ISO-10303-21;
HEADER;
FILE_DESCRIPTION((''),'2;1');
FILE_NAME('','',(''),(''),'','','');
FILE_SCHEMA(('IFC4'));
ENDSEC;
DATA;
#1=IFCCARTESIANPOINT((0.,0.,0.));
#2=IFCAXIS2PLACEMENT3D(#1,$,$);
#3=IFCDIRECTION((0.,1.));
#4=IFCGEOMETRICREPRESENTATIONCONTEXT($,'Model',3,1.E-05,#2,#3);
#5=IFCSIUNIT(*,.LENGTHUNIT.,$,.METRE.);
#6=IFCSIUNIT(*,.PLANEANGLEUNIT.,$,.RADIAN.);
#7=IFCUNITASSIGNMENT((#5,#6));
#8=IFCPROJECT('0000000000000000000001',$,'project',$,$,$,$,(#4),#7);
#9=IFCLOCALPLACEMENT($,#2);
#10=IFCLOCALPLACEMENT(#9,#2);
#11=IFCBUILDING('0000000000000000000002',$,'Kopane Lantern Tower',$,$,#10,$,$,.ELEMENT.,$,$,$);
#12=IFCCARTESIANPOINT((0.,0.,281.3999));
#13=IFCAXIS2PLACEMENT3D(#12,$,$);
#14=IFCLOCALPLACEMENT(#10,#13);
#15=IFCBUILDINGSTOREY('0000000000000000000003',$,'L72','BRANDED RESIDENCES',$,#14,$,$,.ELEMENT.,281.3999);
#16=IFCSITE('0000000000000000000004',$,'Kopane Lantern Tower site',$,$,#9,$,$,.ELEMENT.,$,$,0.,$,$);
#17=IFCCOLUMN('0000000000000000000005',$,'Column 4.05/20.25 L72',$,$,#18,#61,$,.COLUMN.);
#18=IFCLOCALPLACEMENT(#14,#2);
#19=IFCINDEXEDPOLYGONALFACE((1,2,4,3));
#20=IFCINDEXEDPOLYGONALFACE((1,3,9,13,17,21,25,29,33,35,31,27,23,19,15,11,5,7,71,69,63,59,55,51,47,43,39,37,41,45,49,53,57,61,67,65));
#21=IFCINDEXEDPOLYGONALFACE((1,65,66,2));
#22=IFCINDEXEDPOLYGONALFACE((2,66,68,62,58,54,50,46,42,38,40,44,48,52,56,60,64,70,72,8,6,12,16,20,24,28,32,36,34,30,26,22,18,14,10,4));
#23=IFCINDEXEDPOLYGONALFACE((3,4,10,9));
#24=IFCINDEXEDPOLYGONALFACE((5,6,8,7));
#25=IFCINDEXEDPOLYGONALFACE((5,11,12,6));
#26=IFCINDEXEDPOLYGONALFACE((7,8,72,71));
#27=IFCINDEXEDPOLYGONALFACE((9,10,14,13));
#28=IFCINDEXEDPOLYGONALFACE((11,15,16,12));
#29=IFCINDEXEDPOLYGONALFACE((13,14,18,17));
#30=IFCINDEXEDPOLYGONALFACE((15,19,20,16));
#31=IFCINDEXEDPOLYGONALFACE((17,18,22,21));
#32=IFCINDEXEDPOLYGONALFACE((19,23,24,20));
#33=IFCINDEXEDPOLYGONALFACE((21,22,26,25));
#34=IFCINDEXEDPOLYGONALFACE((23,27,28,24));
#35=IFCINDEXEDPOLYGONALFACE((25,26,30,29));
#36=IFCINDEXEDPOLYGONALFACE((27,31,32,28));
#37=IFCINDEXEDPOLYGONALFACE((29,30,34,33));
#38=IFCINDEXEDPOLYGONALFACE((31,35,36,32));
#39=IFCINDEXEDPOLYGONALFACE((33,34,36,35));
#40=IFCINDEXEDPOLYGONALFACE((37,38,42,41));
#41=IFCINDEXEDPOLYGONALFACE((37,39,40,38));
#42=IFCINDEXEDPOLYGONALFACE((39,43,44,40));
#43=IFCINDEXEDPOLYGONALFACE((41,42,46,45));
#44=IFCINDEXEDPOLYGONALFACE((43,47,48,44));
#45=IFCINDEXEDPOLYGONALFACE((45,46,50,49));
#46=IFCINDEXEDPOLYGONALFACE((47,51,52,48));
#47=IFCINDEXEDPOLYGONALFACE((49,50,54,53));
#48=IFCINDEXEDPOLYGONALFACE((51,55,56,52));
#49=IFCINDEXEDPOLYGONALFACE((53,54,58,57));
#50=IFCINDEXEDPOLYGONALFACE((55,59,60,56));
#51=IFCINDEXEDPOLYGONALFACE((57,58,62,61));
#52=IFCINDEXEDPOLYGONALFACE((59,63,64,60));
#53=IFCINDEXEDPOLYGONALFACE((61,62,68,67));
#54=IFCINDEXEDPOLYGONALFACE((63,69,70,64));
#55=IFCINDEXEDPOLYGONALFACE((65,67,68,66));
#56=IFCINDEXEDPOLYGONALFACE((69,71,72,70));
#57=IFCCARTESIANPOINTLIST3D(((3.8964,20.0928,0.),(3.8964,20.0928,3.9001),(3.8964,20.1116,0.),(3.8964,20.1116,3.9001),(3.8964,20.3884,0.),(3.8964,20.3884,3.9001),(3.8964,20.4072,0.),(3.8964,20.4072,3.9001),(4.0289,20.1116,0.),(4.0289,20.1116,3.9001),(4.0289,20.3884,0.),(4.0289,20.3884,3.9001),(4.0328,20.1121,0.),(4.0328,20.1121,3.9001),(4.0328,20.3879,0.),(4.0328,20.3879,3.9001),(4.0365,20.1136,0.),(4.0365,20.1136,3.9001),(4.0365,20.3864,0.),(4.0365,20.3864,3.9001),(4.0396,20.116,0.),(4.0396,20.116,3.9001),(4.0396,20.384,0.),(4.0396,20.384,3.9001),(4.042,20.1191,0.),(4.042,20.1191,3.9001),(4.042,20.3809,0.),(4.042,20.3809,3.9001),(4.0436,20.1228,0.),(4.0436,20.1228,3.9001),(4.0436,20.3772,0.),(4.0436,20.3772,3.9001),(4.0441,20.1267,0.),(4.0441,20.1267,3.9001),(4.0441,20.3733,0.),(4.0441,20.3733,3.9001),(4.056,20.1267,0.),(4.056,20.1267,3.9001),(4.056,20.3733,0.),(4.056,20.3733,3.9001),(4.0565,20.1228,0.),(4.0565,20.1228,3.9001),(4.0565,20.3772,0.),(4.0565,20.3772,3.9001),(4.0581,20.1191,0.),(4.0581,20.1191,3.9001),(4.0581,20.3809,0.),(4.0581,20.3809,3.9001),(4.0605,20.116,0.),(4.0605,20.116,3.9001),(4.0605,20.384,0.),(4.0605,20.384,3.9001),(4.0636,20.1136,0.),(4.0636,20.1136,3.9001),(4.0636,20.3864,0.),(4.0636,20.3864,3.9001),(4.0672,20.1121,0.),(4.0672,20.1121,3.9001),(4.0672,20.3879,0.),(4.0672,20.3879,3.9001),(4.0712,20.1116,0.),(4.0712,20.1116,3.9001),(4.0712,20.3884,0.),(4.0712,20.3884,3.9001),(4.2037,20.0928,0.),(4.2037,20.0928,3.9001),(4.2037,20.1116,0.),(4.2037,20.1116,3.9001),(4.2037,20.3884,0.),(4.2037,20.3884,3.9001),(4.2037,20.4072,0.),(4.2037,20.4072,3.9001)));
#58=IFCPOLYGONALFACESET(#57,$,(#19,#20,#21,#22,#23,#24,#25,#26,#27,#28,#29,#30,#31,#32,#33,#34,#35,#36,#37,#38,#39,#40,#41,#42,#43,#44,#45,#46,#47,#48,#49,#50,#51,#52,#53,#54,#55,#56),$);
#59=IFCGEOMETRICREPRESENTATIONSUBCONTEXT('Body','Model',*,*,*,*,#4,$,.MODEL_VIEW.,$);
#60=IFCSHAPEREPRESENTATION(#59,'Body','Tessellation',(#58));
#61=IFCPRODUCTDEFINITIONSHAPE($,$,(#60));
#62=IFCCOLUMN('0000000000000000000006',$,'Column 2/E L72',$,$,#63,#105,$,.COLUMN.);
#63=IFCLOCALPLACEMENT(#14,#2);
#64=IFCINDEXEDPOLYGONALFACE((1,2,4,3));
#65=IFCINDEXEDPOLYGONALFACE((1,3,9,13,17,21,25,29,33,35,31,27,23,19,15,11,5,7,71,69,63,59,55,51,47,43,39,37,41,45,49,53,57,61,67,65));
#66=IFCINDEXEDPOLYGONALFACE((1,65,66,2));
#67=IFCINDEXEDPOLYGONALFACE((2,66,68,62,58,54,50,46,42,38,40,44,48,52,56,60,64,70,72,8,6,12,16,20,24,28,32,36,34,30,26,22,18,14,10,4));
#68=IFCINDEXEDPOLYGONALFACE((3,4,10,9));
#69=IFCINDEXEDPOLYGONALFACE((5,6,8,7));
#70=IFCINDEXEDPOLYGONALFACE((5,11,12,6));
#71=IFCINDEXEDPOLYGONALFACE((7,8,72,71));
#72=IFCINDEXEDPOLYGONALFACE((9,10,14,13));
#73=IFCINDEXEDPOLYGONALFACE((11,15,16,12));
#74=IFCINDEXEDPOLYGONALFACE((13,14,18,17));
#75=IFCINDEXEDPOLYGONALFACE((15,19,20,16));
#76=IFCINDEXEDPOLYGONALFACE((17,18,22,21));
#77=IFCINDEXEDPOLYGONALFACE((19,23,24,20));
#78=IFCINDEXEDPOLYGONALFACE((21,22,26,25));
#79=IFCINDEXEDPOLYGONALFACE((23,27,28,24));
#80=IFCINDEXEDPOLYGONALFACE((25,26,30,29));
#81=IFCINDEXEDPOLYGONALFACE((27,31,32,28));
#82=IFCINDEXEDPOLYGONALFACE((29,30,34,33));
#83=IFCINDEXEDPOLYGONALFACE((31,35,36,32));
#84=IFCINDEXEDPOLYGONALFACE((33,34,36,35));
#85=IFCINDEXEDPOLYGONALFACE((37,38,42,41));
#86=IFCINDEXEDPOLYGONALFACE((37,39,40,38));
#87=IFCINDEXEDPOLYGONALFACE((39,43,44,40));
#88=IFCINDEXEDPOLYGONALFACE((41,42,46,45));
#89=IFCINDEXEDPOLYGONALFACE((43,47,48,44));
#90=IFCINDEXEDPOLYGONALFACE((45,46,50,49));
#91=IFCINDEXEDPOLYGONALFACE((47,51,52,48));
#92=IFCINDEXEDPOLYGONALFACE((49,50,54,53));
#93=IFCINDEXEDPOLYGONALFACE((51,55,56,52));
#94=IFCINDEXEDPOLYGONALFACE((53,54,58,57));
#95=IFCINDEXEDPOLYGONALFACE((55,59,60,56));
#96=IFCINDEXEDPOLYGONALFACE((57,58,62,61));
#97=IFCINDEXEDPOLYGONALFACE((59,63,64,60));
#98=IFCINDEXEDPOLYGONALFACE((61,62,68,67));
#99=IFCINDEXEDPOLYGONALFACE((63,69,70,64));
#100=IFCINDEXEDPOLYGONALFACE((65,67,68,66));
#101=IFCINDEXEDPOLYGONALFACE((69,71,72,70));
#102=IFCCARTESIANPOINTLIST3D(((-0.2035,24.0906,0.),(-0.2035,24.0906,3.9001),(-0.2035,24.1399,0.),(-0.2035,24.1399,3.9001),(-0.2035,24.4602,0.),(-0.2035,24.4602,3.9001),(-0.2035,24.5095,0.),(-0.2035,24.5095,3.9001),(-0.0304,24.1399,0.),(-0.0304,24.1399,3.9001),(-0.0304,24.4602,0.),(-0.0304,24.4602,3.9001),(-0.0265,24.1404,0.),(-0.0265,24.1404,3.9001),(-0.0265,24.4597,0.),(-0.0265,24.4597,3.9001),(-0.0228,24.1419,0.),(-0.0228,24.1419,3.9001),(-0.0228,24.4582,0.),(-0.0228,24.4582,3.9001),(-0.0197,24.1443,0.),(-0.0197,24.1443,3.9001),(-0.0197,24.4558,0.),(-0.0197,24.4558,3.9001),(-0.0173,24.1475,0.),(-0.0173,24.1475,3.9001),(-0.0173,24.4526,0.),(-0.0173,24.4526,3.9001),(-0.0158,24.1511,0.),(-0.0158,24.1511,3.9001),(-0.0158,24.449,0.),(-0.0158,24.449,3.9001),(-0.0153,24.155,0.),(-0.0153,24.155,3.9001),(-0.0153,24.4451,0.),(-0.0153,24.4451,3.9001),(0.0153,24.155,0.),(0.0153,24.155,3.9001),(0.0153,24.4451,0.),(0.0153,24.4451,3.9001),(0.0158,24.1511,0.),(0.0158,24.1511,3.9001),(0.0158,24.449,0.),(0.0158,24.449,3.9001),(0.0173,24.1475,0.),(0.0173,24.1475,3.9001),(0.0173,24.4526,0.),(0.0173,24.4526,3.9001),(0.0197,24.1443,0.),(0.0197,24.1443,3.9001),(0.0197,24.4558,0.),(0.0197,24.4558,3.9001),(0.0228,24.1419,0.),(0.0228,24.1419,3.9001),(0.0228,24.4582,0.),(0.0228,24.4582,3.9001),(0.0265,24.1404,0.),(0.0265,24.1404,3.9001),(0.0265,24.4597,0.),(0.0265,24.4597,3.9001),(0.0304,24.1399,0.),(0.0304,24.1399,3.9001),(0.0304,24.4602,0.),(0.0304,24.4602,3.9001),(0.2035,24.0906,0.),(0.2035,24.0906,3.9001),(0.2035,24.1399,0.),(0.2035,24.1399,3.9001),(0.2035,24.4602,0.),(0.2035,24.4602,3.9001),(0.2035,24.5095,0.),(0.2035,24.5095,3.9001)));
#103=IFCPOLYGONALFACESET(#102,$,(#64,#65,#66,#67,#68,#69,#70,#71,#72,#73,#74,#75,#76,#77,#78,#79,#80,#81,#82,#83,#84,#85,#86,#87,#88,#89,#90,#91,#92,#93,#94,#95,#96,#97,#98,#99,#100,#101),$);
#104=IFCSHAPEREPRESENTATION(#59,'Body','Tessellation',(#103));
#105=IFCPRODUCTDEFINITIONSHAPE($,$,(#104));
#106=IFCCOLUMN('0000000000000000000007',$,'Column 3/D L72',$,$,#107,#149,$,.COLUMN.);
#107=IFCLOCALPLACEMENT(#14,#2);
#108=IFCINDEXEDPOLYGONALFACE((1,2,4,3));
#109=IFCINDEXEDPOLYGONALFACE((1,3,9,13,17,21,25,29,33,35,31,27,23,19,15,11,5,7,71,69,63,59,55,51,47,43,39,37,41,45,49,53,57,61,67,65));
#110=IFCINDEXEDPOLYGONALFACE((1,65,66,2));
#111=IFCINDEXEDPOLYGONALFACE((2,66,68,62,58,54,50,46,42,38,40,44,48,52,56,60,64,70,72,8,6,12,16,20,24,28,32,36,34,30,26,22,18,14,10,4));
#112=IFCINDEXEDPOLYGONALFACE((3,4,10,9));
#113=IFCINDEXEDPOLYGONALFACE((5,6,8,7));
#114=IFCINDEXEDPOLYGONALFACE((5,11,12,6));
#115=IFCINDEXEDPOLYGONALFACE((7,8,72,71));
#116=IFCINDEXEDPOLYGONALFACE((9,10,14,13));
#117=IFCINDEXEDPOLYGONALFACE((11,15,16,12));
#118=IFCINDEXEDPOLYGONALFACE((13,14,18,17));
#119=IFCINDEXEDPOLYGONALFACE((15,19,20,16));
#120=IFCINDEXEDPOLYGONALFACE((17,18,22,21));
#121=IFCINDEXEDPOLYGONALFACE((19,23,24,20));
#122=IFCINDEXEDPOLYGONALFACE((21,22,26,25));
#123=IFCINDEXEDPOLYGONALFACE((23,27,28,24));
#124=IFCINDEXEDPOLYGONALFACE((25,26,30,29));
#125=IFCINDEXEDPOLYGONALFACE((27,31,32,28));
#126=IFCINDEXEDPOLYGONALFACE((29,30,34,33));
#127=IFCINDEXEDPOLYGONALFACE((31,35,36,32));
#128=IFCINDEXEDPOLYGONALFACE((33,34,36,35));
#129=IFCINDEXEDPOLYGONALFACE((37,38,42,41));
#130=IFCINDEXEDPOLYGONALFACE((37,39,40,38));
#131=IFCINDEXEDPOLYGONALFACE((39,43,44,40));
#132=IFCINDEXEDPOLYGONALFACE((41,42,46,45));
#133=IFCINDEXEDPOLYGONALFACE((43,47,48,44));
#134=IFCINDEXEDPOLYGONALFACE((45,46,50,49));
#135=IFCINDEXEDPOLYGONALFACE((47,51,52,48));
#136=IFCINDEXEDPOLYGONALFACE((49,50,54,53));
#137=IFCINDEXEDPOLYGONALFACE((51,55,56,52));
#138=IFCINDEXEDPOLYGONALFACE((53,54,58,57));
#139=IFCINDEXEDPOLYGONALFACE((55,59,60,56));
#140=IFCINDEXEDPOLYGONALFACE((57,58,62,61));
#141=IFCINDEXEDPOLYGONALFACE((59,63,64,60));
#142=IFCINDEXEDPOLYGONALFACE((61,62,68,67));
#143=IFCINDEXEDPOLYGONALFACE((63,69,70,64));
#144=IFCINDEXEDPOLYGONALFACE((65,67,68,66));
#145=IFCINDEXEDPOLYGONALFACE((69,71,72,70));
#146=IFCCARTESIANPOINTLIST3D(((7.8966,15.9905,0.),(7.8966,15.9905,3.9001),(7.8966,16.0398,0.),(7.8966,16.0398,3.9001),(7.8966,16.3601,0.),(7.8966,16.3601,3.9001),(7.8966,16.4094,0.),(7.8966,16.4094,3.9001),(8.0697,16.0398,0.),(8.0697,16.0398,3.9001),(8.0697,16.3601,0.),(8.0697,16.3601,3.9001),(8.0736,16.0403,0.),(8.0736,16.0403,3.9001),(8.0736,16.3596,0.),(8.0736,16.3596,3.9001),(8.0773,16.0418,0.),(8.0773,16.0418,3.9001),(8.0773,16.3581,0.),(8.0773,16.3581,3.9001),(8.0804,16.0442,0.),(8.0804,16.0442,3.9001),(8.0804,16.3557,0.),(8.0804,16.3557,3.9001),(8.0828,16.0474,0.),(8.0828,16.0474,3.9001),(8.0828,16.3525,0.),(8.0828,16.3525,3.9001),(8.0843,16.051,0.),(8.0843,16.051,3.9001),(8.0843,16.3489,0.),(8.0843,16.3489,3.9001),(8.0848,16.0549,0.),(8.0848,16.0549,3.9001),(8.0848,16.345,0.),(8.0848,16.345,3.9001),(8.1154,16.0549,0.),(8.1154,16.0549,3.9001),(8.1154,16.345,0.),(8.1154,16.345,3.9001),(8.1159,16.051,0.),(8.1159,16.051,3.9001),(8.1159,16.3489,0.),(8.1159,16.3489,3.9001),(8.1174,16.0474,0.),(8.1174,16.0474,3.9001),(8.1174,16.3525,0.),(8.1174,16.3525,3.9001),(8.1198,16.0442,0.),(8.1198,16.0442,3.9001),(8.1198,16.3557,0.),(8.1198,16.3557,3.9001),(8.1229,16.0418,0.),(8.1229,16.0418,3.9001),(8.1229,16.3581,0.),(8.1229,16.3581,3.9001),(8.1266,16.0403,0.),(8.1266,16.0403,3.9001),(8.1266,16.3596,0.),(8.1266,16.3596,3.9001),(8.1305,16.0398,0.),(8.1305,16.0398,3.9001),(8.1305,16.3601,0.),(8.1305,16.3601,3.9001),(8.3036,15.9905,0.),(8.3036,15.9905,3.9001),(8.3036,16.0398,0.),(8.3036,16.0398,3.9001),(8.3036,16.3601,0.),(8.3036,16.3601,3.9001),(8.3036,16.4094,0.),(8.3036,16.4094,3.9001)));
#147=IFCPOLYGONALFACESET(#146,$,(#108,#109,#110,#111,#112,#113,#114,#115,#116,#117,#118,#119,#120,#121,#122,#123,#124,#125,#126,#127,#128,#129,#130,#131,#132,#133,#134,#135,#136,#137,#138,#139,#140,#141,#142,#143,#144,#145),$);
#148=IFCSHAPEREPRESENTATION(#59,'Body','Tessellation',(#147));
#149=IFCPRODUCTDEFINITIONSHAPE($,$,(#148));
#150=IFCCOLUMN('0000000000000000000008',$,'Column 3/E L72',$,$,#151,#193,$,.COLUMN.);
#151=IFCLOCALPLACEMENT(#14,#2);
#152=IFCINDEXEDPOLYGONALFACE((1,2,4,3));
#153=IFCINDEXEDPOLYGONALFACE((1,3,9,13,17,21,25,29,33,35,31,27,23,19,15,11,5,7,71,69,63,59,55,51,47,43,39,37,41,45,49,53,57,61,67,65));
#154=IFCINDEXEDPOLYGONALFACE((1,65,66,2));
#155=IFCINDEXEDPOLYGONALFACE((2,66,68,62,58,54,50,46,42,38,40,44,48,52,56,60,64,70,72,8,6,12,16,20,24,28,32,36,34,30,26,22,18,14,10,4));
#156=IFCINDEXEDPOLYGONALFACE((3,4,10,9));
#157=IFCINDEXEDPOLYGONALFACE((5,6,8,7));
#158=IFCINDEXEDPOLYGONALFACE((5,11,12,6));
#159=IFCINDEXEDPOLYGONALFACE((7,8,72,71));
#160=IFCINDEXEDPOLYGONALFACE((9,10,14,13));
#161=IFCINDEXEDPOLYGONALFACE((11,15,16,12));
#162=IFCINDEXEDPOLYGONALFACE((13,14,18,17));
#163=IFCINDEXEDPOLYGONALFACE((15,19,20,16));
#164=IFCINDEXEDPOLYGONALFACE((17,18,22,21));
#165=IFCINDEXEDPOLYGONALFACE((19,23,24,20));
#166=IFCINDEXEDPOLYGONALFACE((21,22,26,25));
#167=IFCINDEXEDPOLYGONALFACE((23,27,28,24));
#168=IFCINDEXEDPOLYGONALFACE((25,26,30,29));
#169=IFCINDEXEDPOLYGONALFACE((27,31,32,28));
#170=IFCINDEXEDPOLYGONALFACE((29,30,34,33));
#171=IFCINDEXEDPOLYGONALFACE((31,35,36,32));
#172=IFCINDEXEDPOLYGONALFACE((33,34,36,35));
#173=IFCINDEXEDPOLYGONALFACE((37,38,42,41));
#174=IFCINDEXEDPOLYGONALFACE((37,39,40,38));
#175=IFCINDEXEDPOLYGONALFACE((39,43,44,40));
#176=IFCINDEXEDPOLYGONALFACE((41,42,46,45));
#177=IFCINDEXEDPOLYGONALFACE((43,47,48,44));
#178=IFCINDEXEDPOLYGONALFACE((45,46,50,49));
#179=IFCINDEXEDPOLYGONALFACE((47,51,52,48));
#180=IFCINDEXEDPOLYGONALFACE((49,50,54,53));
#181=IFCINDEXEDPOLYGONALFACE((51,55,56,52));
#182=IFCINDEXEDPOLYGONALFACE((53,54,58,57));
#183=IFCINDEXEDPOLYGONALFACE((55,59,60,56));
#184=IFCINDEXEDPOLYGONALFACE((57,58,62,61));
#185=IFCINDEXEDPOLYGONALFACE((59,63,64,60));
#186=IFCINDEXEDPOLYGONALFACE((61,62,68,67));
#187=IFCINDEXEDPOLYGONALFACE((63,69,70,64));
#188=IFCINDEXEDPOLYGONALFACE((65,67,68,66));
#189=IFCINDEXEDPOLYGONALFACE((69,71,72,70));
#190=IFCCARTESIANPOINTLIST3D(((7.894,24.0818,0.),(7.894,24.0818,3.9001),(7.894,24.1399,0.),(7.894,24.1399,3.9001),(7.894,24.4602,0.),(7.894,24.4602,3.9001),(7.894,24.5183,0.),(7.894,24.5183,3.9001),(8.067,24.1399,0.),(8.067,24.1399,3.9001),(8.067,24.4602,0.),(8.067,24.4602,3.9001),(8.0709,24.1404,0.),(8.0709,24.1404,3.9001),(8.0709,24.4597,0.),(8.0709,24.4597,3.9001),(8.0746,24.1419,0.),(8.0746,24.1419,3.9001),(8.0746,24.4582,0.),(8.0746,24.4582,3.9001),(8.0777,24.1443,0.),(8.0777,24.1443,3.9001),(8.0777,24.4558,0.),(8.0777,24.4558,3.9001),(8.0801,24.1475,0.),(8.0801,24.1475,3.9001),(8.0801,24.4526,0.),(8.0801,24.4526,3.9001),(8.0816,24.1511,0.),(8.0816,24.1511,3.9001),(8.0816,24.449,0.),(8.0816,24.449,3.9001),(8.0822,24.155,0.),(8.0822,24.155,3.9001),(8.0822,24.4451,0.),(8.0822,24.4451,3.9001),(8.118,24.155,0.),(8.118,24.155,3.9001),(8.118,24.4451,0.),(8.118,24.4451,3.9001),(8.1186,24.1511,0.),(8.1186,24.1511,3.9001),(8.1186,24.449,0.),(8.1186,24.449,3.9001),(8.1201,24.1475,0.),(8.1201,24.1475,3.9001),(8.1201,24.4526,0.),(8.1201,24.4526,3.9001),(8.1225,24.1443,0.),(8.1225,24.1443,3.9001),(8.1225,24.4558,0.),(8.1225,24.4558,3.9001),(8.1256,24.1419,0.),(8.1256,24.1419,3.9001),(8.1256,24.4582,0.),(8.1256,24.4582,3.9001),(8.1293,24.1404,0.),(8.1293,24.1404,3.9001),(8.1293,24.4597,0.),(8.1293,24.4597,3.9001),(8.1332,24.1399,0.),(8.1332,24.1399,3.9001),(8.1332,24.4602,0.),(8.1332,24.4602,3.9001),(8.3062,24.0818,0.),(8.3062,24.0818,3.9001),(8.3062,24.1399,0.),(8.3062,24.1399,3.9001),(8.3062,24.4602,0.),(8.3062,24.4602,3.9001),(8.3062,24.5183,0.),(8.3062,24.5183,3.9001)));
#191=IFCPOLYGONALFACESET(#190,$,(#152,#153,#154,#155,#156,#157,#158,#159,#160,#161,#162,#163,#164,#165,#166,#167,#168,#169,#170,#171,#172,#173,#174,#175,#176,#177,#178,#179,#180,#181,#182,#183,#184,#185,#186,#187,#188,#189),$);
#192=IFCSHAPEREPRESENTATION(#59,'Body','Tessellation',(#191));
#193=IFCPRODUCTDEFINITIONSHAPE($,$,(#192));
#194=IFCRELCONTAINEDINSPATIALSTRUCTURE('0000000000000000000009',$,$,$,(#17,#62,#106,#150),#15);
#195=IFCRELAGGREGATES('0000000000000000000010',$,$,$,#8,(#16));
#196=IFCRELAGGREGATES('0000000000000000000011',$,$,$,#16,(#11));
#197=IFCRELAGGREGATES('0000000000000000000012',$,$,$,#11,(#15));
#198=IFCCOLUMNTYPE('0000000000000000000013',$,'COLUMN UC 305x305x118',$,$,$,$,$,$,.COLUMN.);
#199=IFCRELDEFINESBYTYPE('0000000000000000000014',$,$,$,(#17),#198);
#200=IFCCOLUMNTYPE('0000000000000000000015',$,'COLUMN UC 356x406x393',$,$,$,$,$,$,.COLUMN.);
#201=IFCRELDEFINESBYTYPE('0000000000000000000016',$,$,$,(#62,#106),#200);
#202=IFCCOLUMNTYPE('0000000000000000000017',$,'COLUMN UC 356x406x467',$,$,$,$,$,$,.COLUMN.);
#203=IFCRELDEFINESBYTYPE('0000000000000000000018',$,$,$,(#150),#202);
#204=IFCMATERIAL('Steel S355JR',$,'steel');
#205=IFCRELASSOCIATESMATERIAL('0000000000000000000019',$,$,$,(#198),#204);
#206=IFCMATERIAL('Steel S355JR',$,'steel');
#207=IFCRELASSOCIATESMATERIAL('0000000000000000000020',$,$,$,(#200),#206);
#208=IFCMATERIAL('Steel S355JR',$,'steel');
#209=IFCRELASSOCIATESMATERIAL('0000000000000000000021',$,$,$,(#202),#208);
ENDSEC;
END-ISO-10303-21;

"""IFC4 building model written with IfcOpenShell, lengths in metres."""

from ifc_helpers import new_model, si_unit, direction, frame, origin, origin_2d, place, context, subcontext, project, spatial, i_section, extrude, material, material_profile, profile_set, type_object, element, save


model = new_model("IFC4")

# Units and contexts
model_context = context("Model", 3, precision=1e-05, world=origin(), true_north=direction((0.0, 1.0)))
body_context = subcontext(model_context, "Body", "Model", "MODEL_VIEW")
ifc_project = project(units=[si_unit("LENGTHUNIT", "METRE"), si_unit("PLANEANGLEUNIT", "RADIAN")], contexts=[model_context])

# Site, building, storey
site_placement = place(None, origin())
site = spatial("IfcSite", under=ifc_project, at=site_placement, Name="Kopane Lantern Tower site", CompositionType="ELEMENT", RefElevation=0.0)
building_placement = place(site_placement, origin())
building = spatial("IfcBuilding", under=site, at=building_placement, Name="Kopane Lantern Tower", CompositionType="ELEMENT")
storey_placement = place(building_placement, frame((0.0, 0.0, 281.3999)))
storey = spatial("IfcBuildingStorey", under=building, at=storey_placement, Name="L72", Description="BRANDED RESIDENCES", CompositionType="ELEMENT", Elevation=281.3999)

# Columns
ifc_material_1 = material(Name="Steel S355JR", Category="steel")
ifc_material_profile_1 = material_profile(ifc_material_1, i_section(OverallWidth=0.3074, OverallDepth=0.3145, WebThickness=0.012, FlangeThickness=0.0188, FilletRadius=0.0151, at=origin_2d()), Name="UC 305x305x118")
ifc_profile_set_1 = profile_set([ifc_material_profile_1], Name="Steel S355JR")
column_type_1 = type_object("IfcColumnType", Name="COLUMN UC 305x305x118", PredefinedType="COLUMN", material=ifc_profile_set_1)
column_1_placement = place(storey_placement, frame((4.05, 20.25, 0.0), z_axis=(0.0, 0.0, 1.0), x_axis=(1.0, 0.0, 0.0)))
element("IfcColumn", 1, at=column_1_placement, inside=storey, type_object=column_type_1, Name="Column 4.05/20.25 L72", PredefinedType="COLUMN", context=body_context, shape_type="SweptSolid", body=[
    extrude(i_section(OverallWidth=0.3074, OverallDepth=0.3145, WebThickness=0.012, FlangeThickness=0.0188, FilletRadius=0.0151, at=origin_2d()), origin(), (0.0, 0.0, 1.0), 3.9001),
])
ifc_material_2 = material(Name="Steel S355JR", Category="steel")
ifc_material_profile_2 = material_profile(ifc_material_2, i_section(OverallWidth=0.407, OverallDepth=0.4189, WebThickness=0.0305, FlangeThickness=0.0493, FilletRadius=0.0151, at=origin_2d()), Name="UC 356x406x393")
ifc_profile_set_2 = profile_set([ifc_material_profile_2], Name="Steel S355JR")
column_type_2 = type_object("IfcColumnType", Name="COLUMN UC 356x406x393", PredefinedType="COLUMN", material=ifc_profile_set_2)
for number, where, z_axis, x_axis, name in (
    (2, (0.0, 24.3, 0.0), (0.0, 0.0, 1.0), (1.0, 0.0, 0.0), "Column 2/E L72"),
    (3, (8.1001, 16.2, 0.0), (0.0, 0.0, 1.0), (1.0, 0.0, 0.0), "Column 3/D L72"),
):
    element("IfcColumn", number, at=place(storey_placement, frame(where, z_axis=z_axis, x_axis=x_axis)), inside=storey, type_object=column_type_2, Name=name, PredefinedType="COLUMN", context=body_context, shape_type="SweptSolid", body=[
        extrude(i_section(OverallWidth=0.407, OverallDepth=0.4189, WebThickness=0.0305, FlangeThickness=0.0493, FilletRadius=0.0151, at=origin_2d()), origin(), (0.0, 0.0, 1.0), 3.9001),
    ])
ifc_material_3 = material(Name="Steel S355JR", Category="steel")
ifc_material_profile_3 = material_profile(ifc_material_3, i_section(OverallWidth=0.4121, OverallDepth=0.4365, WebThickness=0.0359, FlangeThickness=0.0581, FilletRadius=0.0151, at=origin_2d()), Name="UC 356x406x467")
ifc_profile_set_3 = profile_set([ifc_material_profile_3], Name="Steel S355JR")
column_type_3 = type_object("IfcColumnType", Name="COLUMN UC 356x406x467", PredefinedType="COLUMN", material=ifc_profile_set_3)
column_2_placement = place(storey_placement, frame((8.1001, 24.3, 0.0), z_axis=(0.0, 0.0, 1.0), x_axis=(1.0, 0.0, 0.0)))
element("IfcColumn", 4, at=column_2_placement, inside=storey, type_object=column_type_3, Name="Column 3/E L72", PredefinedType="COLUMN", context=body_context, shape_type="SweptSolid", body=[
    extrude(i_section(OverallWidth=0.4121, OverallDepth=0.4365, WebThickness=0.0359, FlangeThickness=0.0581, FilletRadius=0.0151, at=origin_2d()), origin(), (0.0, 0.0, 1.0), 3.9001),
])

save(model, "model.ifc")
